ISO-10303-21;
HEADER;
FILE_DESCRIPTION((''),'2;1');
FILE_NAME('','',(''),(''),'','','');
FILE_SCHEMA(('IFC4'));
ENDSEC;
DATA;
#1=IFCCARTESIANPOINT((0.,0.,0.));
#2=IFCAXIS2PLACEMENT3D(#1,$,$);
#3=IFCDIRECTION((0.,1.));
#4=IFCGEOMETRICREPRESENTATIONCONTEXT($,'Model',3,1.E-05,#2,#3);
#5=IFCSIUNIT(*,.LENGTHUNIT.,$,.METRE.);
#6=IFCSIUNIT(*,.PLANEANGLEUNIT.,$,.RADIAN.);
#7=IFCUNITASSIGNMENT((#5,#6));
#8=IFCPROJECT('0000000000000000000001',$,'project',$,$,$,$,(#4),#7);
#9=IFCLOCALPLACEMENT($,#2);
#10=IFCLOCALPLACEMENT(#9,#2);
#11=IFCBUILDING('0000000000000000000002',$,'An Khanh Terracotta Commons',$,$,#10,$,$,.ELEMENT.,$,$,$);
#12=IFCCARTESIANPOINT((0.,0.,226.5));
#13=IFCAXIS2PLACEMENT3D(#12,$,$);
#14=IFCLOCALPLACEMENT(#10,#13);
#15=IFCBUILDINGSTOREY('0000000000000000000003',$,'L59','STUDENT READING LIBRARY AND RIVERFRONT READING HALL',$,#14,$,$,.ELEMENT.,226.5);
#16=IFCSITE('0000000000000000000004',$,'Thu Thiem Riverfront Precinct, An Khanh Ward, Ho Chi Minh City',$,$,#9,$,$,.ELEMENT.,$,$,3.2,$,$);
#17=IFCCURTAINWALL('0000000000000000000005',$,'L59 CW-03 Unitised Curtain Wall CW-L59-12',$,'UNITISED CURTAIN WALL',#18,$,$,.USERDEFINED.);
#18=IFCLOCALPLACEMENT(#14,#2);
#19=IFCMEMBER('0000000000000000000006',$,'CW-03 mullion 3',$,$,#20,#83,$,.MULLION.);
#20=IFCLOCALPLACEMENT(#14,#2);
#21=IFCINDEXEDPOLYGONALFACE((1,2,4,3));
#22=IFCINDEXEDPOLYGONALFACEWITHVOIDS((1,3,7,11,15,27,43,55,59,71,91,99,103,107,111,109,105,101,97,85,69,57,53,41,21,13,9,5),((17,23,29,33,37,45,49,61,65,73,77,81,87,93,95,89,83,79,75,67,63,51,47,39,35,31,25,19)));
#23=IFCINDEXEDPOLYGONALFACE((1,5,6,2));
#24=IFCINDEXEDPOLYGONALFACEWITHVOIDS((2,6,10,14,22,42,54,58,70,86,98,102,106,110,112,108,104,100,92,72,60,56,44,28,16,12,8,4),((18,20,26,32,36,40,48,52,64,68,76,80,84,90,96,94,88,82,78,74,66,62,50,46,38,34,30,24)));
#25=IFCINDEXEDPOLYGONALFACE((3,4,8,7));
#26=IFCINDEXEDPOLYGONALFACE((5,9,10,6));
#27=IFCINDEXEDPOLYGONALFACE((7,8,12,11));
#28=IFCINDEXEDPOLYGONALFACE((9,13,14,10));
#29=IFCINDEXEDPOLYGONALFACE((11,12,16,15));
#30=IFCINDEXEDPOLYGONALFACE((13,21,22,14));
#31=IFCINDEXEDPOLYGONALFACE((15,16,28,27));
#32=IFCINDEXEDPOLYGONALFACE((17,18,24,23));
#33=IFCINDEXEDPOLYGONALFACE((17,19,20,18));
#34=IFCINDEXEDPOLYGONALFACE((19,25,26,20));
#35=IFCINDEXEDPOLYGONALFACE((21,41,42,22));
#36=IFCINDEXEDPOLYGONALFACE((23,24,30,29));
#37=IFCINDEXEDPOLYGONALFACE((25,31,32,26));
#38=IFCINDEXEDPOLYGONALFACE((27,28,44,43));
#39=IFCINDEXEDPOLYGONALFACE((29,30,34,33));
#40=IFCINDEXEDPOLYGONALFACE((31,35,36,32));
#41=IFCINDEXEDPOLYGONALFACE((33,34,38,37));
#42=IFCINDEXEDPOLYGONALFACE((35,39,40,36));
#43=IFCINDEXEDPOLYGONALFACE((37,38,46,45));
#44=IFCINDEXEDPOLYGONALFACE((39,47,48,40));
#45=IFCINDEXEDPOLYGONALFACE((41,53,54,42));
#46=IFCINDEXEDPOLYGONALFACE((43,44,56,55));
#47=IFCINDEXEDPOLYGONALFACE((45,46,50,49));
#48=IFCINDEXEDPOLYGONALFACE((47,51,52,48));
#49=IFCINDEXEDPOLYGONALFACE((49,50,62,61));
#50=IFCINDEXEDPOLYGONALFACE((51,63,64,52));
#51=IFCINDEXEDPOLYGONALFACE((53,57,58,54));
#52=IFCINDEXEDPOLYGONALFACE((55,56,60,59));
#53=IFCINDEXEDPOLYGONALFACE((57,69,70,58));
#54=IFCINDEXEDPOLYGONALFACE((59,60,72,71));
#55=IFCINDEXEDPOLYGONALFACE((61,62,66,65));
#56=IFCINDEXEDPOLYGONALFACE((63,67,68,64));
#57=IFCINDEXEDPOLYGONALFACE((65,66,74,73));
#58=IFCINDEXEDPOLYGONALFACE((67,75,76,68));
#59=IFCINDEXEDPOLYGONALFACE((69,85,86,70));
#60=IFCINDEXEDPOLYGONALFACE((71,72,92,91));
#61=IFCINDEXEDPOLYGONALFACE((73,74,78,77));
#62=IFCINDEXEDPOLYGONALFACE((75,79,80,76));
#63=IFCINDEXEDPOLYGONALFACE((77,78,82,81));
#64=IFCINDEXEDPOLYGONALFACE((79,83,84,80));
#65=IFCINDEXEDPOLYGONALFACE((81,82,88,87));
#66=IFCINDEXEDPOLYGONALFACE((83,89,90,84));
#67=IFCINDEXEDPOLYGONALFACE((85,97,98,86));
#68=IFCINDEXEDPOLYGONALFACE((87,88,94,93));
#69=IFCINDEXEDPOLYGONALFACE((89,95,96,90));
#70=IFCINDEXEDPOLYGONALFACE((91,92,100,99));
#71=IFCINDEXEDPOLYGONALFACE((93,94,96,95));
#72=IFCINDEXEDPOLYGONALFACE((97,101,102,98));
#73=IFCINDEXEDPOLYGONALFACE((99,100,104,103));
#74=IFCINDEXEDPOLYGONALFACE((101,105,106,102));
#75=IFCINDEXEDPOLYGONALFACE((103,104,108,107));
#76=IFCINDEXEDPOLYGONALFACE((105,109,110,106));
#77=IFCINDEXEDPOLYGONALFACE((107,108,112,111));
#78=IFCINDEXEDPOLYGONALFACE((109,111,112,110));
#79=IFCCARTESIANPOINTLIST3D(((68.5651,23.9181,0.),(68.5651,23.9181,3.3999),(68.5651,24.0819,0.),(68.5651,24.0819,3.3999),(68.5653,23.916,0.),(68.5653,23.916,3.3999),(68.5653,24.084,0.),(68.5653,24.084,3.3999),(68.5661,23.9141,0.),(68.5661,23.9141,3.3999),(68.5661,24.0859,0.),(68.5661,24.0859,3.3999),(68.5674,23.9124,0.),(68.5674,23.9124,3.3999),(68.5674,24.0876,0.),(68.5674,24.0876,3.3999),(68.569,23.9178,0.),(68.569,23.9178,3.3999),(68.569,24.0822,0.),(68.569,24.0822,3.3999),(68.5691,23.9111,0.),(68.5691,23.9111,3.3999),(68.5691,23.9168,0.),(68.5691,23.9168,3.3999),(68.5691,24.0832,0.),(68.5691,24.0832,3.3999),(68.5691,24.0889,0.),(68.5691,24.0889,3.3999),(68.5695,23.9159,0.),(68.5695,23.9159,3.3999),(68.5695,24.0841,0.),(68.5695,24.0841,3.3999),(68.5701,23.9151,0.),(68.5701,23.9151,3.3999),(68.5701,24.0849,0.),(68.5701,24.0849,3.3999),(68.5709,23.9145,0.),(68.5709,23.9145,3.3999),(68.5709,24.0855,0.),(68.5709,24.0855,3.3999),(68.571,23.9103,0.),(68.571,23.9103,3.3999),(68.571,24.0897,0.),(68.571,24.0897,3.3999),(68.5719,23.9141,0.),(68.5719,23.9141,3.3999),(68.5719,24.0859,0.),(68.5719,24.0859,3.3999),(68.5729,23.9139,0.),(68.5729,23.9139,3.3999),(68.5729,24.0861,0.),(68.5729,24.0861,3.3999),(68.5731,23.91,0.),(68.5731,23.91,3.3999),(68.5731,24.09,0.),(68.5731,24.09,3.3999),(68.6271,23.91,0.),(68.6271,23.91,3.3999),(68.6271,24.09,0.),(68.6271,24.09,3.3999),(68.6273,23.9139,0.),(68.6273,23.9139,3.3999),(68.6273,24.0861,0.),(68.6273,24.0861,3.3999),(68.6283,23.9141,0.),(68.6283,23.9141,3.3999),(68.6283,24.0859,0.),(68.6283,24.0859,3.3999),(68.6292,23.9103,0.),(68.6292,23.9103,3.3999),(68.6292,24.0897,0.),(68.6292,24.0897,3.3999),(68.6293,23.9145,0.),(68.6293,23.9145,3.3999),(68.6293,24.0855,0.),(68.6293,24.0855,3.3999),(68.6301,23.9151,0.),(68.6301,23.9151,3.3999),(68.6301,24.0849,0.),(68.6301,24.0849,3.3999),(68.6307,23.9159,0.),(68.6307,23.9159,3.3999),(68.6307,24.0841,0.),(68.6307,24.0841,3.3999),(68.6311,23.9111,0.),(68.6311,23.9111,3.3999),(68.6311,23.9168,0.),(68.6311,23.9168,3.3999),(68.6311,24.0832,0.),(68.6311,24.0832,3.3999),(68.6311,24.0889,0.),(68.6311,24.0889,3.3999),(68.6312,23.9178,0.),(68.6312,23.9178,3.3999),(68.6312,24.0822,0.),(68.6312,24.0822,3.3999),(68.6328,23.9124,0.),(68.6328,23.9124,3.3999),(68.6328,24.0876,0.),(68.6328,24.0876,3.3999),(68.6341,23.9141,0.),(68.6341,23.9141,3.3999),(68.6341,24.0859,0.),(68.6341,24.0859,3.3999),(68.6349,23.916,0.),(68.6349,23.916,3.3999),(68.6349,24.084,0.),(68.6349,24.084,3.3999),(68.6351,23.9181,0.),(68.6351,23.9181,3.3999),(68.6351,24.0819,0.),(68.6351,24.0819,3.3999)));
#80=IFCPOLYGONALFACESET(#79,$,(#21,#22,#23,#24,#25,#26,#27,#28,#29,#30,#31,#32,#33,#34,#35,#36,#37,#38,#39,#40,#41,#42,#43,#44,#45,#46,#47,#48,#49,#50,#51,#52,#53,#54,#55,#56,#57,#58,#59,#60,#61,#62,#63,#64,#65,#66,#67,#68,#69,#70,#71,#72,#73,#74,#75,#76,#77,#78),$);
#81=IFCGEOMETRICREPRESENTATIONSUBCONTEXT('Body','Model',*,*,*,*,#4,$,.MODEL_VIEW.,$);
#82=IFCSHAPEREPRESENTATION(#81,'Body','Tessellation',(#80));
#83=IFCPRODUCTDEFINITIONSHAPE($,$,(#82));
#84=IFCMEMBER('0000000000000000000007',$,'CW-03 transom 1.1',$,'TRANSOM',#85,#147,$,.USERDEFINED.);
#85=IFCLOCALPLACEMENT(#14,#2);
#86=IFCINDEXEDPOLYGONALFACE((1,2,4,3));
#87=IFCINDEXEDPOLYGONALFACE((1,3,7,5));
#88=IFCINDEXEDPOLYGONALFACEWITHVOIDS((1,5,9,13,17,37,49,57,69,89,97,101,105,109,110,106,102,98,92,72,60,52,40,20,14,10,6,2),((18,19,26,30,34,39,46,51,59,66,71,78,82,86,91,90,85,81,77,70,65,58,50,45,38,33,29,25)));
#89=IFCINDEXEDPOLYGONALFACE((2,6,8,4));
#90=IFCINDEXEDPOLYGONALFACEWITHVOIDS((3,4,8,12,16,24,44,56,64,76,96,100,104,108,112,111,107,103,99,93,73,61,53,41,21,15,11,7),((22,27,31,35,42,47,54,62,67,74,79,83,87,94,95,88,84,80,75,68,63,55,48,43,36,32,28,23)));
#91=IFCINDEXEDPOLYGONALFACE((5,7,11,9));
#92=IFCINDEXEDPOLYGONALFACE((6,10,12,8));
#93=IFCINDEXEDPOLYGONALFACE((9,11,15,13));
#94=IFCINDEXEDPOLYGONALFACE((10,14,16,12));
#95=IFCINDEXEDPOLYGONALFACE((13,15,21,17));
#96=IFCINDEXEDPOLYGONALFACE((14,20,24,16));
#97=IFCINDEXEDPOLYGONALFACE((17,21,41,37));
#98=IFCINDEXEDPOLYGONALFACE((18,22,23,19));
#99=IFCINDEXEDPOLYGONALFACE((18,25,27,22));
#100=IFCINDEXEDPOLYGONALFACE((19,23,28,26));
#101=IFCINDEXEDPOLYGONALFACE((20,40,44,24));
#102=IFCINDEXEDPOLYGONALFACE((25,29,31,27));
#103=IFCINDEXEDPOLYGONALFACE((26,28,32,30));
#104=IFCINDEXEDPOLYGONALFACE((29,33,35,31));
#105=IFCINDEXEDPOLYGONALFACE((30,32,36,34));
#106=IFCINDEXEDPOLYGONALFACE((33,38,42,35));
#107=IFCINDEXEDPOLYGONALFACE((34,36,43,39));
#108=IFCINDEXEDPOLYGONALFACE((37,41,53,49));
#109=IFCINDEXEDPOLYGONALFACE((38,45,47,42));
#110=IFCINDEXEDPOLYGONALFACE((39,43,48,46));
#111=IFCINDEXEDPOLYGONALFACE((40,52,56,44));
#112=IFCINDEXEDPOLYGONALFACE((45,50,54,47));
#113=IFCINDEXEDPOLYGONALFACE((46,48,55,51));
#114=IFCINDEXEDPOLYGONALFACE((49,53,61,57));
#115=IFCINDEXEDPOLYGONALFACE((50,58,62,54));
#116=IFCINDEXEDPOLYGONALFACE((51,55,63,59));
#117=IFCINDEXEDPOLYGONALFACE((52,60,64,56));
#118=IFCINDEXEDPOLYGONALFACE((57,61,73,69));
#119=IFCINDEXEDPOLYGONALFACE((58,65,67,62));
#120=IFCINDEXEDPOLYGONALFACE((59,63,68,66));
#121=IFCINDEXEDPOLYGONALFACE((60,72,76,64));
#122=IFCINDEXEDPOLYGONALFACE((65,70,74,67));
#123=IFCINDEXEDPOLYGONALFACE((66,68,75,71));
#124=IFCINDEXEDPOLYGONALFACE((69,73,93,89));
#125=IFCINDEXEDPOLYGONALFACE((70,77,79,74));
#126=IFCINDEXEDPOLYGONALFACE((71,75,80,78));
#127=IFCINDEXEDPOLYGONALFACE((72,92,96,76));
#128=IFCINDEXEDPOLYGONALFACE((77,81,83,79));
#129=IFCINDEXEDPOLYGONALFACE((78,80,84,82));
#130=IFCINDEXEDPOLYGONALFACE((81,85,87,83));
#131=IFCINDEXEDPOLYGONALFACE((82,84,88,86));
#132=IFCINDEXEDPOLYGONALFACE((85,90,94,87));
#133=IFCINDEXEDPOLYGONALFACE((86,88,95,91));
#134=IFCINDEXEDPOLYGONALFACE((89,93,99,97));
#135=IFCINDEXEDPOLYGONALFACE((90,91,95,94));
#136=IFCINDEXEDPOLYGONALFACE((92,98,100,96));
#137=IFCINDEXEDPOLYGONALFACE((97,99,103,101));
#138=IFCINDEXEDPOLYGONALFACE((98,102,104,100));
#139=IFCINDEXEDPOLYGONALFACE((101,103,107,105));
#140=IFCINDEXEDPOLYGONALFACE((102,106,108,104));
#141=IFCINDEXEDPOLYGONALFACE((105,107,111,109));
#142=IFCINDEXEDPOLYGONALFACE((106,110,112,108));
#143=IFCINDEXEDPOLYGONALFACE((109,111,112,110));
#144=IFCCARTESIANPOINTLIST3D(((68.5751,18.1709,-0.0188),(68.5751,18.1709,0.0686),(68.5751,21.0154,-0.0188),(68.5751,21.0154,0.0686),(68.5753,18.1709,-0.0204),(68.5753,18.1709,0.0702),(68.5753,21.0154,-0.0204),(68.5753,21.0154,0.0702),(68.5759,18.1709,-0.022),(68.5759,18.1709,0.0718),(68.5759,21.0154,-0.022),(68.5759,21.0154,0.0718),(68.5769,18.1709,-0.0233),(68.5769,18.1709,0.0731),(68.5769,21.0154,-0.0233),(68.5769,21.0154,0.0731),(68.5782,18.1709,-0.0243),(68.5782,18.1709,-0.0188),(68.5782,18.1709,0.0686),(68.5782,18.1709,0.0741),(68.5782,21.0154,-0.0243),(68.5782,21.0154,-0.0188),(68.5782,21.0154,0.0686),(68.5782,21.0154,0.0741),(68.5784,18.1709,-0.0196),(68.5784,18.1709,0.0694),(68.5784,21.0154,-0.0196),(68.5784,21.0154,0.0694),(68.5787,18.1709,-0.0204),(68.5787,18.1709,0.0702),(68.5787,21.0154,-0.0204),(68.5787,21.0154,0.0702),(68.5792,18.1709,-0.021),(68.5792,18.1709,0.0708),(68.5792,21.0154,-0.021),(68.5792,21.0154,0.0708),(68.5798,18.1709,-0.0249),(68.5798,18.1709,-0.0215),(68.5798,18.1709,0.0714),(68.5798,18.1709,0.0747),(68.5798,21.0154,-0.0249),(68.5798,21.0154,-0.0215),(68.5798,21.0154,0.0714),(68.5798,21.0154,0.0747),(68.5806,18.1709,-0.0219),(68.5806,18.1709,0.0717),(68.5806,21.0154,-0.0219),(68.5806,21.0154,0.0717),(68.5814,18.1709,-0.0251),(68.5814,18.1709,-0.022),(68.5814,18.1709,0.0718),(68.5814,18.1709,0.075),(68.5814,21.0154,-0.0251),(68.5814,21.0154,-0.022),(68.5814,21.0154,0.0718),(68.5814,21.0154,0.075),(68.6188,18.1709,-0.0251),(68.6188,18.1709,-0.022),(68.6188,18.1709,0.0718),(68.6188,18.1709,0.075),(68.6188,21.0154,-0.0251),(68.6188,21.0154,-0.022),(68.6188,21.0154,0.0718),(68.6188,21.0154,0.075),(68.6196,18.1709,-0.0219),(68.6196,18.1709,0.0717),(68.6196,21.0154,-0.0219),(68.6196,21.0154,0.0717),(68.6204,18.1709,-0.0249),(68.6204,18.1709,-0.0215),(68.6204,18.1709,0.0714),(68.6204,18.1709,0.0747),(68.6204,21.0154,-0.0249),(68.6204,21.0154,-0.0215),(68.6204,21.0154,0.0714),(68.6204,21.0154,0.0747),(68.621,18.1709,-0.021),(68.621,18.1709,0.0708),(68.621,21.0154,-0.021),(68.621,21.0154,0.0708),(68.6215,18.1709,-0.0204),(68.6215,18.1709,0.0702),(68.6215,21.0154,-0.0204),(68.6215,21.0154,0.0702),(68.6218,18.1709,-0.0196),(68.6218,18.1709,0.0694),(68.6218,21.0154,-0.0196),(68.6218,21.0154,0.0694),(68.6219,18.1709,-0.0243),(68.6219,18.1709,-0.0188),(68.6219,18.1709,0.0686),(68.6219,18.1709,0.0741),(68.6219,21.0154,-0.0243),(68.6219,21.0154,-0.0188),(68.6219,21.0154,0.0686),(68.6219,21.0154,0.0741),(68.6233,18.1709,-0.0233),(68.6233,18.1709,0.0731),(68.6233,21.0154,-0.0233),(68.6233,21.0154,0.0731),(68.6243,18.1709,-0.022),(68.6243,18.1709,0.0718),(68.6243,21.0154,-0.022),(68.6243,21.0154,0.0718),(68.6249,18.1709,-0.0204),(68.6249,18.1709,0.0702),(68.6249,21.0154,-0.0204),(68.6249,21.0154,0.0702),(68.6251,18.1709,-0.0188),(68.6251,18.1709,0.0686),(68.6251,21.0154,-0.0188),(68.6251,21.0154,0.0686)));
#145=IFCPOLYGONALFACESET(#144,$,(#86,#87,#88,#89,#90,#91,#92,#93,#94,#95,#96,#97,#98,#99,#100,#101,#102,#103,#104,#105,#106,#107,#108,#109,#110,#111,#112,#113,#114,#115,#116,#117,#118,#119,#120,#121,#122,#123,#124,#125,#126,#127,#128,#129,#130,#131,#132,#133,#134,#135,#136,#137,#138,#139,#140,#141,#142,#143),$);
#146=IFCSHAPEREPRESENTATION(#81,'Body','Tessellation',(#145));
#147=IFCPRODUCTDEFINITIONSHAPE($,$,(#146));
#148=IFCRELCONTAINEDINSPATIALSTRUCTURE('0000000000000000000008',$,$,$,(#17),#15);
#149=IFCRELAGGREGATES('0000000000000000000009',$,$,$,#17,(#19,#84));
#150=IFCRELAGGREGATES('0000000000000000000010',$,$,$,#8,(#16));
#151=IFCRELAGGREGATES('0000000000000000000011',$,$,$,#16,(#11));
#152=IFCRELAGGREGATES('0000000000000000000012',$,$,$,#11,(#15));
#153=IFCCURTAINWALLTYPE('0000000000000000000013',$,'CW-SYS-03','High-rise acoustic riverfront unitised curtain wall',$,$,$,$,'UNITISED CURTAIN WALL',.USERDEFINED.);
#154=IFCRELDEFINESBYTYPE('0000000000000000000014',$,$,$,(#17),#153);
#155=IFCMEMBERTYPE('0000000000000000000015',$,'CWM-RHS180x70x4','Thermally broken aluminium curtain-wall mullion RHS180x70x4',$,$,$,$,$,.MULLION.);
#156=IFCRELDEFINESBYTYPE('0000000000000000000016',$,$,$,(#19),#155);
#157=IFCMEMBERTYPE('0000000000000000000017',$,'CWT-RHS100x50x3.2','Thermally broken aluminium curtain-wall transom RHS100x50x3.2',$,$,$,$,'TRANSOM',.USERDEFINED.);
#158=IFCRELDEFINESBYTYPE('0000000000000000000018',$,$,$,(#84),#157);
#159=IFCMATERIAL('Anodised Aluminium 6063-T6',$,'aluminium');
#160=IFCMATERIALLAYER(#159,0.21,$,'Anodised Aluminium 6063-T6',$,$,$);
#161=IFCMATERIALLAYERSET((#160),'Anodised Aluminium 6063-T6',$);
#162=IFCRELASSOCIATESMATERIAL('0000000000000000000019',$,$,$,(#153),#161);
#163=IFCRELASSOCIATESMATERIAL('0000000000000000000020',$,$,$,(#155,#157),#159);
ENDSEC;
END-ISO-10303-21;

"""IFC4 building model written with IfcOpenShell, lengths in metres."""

from ifc_helpers import new_model, si_unit, direction, frame, origin, origin_2d, place, context, subcontext, project, spatial, hollow_rectangle, extrude, material, layer, layer_set, material_profile, profile_set, type_object, element, aggregate, save


model = new_model("IFC4")

# Units and contexts
model_context = context("Model", 3, precision=1e-05, world=origin(), true_north=direction((0.0, 1.0)))
body_context = subcontext(model_context, "Body", "Model", "MODEL_VIEW")
ifc_project = project(units=[si_unit("LENGTHUNIT", "METRE"), si_unit("PLANEANGLEUNIT", "RADIAN")], contexts=[model_context])

# Site, building, storey
site_placement = place(None, origin())
site = spatial("IfcSite", under=ifc_project, at=site_placement, Name="Thu Thiem Riverfront Precinct, An Khanh Ward, Ho Chi Minh City", CompositionType="ELEMENT", RefElevation=3.2)
building_placement = place(site_placement, origin())
building = spatial("IfcBuilding", under=site, at=building_placement, Name="An Khanh Terracotta Commons", CompositionType="ELEMENT")
storey_placement = place(building_placement, frame((0.0, 0.0, 226.5)))
storey = spatial("IfcBuildingStorey", under=building, at=storey_placement, Name="L59", Description="STUDENT READING LIBRARY AND RIVERFRONT READING HALL", CompositionType="ELEMENT", Elevation=226.5)

# Curtain wall, members
ifc_material_1 = material(Name="Anodised Aluminium 6063-T6", Category="aluminium")
ifc_layer_1 = layer(ifc_material_1, 0.21, Name="Anodised Aluminium 6063-T6")
ifc_layer_set_1 = layer_set([ifc_layer_1], Name="Anodised Aluminium 6063-T6")
curtain_wall_type = type_object("IfcCurtainWallType", Name="CW-SYS-03", Description="High-rise acoustic riverfront unitised curtain wall", ElementType="UNITISED CURTAIN WALL", PredefinedType="USERDEFINED", material=ifc_layer_set_1)
curtain_wall_placement = place(storey_placement, origin())
curtain_wall = element("IfcCurtainWall", 1, at=curtain_wall_placement, inside=storey, type_object=curtain_wall_type, Name="L59 CW-03 Unitised Curtain Wall CW-L59-12", ObjectType="UNITISED CURTAIN WALL", PredefinedType="USERDEFINED")
ifc_material_profile_1 = material_profile(ifc_material_1, hollow_rectangle(XDim=0.0701, YDim=0.1799, WallThickness=0.0039, InnerFilletRadius=0.0039, OuterFilletRadius=0.0081, at=origin_2d()), Name="RHS180x70x4")
ifc_profile_set_1 = profile_set([ifc_material_profile_1], Name="Anodised Aluminium 6063-T6")
member_type_1 = type_object("IfcMemberType", Name="CWM-RHS180x70x4", Description="Thermally broken aluminium curtain-wall mullion RHS180x70x4", PredefinedType="MULLION", material=ifc_profile_set_1)
member_1_placement = place(storey_placement, frame((68.6001, 24.0, 0.0), z_axis=(0.0, 0.0, 1.0), x_axis=(-1.0, 0.0, 0.0)))
member_1 = element("IfcMember", 2, at=member_1_placement, type_object=member_type_1, Name="CW-03 mullion 3", PredefinedType="MULLION", context=body_context, shape_type="SweptSolid", body=[
    extrude(hollow_rectangle(XDim=0.0701, YDim=0.1799, WallThickness=0.0039, InnerFilletRadius=0.0039, OuterFilletRadius=0.0081, at=origin_2d()), origin(), (0.0, 0.0, 1.0), 3.3999),
])
ifc_material_profile_2 = material_profile(ifc_material_1, hollow_rectangle(XDim=0.05, YDim=0.1001, WallThickness=0.0032, InnerFilletRadius=0.0032, OuterFilletRadius=0.0063, at=origin_2d()), Name="RHS100x50x3.2")
ifc_profile_set_2 = profile_set([ifc_material_profile_2], Name="Anodised Aluminium 6063-T6")
member_type_2 = type_object("IfcMemberType", Name="CWT-RHS100x50x3.2", Description="Thermally broken aluminium curtain-wall transom RHS100x50x3.2", ElementType="TRANSOM", PredefinedType="USERDEFINED", material=ifc_profile_set_2)
member_2_placement = place(storey_placement, frame((68.6001, 18.1709, 0.0249), z_axis=(0.0, 1.0, 0.0), x_axis=(-1.0, 0.0, 0.0)))
member_2 = element("IfcMember", 3, at=member_2_placement, type_object=member_type_2, Name="CW-03 transom 1.1", ObjectType="TRANSOM", PredefinedType="USERDEFINED", context=body_context, shape_type="SweptSolid", body=[
    extrude(hollow_rectangle(XDim=0.05, YDim=0.1001, WallThickness=0.0032, InnerFilletRadius=0.0032, OuterFilletRadius=0.0063, at=origin_2d()), origin(), (0.0, 0.0, 1.0), 2.8445),
])
aggregate(curtain_wall, [member_1, member_2])

save(model, "model.ifc")
